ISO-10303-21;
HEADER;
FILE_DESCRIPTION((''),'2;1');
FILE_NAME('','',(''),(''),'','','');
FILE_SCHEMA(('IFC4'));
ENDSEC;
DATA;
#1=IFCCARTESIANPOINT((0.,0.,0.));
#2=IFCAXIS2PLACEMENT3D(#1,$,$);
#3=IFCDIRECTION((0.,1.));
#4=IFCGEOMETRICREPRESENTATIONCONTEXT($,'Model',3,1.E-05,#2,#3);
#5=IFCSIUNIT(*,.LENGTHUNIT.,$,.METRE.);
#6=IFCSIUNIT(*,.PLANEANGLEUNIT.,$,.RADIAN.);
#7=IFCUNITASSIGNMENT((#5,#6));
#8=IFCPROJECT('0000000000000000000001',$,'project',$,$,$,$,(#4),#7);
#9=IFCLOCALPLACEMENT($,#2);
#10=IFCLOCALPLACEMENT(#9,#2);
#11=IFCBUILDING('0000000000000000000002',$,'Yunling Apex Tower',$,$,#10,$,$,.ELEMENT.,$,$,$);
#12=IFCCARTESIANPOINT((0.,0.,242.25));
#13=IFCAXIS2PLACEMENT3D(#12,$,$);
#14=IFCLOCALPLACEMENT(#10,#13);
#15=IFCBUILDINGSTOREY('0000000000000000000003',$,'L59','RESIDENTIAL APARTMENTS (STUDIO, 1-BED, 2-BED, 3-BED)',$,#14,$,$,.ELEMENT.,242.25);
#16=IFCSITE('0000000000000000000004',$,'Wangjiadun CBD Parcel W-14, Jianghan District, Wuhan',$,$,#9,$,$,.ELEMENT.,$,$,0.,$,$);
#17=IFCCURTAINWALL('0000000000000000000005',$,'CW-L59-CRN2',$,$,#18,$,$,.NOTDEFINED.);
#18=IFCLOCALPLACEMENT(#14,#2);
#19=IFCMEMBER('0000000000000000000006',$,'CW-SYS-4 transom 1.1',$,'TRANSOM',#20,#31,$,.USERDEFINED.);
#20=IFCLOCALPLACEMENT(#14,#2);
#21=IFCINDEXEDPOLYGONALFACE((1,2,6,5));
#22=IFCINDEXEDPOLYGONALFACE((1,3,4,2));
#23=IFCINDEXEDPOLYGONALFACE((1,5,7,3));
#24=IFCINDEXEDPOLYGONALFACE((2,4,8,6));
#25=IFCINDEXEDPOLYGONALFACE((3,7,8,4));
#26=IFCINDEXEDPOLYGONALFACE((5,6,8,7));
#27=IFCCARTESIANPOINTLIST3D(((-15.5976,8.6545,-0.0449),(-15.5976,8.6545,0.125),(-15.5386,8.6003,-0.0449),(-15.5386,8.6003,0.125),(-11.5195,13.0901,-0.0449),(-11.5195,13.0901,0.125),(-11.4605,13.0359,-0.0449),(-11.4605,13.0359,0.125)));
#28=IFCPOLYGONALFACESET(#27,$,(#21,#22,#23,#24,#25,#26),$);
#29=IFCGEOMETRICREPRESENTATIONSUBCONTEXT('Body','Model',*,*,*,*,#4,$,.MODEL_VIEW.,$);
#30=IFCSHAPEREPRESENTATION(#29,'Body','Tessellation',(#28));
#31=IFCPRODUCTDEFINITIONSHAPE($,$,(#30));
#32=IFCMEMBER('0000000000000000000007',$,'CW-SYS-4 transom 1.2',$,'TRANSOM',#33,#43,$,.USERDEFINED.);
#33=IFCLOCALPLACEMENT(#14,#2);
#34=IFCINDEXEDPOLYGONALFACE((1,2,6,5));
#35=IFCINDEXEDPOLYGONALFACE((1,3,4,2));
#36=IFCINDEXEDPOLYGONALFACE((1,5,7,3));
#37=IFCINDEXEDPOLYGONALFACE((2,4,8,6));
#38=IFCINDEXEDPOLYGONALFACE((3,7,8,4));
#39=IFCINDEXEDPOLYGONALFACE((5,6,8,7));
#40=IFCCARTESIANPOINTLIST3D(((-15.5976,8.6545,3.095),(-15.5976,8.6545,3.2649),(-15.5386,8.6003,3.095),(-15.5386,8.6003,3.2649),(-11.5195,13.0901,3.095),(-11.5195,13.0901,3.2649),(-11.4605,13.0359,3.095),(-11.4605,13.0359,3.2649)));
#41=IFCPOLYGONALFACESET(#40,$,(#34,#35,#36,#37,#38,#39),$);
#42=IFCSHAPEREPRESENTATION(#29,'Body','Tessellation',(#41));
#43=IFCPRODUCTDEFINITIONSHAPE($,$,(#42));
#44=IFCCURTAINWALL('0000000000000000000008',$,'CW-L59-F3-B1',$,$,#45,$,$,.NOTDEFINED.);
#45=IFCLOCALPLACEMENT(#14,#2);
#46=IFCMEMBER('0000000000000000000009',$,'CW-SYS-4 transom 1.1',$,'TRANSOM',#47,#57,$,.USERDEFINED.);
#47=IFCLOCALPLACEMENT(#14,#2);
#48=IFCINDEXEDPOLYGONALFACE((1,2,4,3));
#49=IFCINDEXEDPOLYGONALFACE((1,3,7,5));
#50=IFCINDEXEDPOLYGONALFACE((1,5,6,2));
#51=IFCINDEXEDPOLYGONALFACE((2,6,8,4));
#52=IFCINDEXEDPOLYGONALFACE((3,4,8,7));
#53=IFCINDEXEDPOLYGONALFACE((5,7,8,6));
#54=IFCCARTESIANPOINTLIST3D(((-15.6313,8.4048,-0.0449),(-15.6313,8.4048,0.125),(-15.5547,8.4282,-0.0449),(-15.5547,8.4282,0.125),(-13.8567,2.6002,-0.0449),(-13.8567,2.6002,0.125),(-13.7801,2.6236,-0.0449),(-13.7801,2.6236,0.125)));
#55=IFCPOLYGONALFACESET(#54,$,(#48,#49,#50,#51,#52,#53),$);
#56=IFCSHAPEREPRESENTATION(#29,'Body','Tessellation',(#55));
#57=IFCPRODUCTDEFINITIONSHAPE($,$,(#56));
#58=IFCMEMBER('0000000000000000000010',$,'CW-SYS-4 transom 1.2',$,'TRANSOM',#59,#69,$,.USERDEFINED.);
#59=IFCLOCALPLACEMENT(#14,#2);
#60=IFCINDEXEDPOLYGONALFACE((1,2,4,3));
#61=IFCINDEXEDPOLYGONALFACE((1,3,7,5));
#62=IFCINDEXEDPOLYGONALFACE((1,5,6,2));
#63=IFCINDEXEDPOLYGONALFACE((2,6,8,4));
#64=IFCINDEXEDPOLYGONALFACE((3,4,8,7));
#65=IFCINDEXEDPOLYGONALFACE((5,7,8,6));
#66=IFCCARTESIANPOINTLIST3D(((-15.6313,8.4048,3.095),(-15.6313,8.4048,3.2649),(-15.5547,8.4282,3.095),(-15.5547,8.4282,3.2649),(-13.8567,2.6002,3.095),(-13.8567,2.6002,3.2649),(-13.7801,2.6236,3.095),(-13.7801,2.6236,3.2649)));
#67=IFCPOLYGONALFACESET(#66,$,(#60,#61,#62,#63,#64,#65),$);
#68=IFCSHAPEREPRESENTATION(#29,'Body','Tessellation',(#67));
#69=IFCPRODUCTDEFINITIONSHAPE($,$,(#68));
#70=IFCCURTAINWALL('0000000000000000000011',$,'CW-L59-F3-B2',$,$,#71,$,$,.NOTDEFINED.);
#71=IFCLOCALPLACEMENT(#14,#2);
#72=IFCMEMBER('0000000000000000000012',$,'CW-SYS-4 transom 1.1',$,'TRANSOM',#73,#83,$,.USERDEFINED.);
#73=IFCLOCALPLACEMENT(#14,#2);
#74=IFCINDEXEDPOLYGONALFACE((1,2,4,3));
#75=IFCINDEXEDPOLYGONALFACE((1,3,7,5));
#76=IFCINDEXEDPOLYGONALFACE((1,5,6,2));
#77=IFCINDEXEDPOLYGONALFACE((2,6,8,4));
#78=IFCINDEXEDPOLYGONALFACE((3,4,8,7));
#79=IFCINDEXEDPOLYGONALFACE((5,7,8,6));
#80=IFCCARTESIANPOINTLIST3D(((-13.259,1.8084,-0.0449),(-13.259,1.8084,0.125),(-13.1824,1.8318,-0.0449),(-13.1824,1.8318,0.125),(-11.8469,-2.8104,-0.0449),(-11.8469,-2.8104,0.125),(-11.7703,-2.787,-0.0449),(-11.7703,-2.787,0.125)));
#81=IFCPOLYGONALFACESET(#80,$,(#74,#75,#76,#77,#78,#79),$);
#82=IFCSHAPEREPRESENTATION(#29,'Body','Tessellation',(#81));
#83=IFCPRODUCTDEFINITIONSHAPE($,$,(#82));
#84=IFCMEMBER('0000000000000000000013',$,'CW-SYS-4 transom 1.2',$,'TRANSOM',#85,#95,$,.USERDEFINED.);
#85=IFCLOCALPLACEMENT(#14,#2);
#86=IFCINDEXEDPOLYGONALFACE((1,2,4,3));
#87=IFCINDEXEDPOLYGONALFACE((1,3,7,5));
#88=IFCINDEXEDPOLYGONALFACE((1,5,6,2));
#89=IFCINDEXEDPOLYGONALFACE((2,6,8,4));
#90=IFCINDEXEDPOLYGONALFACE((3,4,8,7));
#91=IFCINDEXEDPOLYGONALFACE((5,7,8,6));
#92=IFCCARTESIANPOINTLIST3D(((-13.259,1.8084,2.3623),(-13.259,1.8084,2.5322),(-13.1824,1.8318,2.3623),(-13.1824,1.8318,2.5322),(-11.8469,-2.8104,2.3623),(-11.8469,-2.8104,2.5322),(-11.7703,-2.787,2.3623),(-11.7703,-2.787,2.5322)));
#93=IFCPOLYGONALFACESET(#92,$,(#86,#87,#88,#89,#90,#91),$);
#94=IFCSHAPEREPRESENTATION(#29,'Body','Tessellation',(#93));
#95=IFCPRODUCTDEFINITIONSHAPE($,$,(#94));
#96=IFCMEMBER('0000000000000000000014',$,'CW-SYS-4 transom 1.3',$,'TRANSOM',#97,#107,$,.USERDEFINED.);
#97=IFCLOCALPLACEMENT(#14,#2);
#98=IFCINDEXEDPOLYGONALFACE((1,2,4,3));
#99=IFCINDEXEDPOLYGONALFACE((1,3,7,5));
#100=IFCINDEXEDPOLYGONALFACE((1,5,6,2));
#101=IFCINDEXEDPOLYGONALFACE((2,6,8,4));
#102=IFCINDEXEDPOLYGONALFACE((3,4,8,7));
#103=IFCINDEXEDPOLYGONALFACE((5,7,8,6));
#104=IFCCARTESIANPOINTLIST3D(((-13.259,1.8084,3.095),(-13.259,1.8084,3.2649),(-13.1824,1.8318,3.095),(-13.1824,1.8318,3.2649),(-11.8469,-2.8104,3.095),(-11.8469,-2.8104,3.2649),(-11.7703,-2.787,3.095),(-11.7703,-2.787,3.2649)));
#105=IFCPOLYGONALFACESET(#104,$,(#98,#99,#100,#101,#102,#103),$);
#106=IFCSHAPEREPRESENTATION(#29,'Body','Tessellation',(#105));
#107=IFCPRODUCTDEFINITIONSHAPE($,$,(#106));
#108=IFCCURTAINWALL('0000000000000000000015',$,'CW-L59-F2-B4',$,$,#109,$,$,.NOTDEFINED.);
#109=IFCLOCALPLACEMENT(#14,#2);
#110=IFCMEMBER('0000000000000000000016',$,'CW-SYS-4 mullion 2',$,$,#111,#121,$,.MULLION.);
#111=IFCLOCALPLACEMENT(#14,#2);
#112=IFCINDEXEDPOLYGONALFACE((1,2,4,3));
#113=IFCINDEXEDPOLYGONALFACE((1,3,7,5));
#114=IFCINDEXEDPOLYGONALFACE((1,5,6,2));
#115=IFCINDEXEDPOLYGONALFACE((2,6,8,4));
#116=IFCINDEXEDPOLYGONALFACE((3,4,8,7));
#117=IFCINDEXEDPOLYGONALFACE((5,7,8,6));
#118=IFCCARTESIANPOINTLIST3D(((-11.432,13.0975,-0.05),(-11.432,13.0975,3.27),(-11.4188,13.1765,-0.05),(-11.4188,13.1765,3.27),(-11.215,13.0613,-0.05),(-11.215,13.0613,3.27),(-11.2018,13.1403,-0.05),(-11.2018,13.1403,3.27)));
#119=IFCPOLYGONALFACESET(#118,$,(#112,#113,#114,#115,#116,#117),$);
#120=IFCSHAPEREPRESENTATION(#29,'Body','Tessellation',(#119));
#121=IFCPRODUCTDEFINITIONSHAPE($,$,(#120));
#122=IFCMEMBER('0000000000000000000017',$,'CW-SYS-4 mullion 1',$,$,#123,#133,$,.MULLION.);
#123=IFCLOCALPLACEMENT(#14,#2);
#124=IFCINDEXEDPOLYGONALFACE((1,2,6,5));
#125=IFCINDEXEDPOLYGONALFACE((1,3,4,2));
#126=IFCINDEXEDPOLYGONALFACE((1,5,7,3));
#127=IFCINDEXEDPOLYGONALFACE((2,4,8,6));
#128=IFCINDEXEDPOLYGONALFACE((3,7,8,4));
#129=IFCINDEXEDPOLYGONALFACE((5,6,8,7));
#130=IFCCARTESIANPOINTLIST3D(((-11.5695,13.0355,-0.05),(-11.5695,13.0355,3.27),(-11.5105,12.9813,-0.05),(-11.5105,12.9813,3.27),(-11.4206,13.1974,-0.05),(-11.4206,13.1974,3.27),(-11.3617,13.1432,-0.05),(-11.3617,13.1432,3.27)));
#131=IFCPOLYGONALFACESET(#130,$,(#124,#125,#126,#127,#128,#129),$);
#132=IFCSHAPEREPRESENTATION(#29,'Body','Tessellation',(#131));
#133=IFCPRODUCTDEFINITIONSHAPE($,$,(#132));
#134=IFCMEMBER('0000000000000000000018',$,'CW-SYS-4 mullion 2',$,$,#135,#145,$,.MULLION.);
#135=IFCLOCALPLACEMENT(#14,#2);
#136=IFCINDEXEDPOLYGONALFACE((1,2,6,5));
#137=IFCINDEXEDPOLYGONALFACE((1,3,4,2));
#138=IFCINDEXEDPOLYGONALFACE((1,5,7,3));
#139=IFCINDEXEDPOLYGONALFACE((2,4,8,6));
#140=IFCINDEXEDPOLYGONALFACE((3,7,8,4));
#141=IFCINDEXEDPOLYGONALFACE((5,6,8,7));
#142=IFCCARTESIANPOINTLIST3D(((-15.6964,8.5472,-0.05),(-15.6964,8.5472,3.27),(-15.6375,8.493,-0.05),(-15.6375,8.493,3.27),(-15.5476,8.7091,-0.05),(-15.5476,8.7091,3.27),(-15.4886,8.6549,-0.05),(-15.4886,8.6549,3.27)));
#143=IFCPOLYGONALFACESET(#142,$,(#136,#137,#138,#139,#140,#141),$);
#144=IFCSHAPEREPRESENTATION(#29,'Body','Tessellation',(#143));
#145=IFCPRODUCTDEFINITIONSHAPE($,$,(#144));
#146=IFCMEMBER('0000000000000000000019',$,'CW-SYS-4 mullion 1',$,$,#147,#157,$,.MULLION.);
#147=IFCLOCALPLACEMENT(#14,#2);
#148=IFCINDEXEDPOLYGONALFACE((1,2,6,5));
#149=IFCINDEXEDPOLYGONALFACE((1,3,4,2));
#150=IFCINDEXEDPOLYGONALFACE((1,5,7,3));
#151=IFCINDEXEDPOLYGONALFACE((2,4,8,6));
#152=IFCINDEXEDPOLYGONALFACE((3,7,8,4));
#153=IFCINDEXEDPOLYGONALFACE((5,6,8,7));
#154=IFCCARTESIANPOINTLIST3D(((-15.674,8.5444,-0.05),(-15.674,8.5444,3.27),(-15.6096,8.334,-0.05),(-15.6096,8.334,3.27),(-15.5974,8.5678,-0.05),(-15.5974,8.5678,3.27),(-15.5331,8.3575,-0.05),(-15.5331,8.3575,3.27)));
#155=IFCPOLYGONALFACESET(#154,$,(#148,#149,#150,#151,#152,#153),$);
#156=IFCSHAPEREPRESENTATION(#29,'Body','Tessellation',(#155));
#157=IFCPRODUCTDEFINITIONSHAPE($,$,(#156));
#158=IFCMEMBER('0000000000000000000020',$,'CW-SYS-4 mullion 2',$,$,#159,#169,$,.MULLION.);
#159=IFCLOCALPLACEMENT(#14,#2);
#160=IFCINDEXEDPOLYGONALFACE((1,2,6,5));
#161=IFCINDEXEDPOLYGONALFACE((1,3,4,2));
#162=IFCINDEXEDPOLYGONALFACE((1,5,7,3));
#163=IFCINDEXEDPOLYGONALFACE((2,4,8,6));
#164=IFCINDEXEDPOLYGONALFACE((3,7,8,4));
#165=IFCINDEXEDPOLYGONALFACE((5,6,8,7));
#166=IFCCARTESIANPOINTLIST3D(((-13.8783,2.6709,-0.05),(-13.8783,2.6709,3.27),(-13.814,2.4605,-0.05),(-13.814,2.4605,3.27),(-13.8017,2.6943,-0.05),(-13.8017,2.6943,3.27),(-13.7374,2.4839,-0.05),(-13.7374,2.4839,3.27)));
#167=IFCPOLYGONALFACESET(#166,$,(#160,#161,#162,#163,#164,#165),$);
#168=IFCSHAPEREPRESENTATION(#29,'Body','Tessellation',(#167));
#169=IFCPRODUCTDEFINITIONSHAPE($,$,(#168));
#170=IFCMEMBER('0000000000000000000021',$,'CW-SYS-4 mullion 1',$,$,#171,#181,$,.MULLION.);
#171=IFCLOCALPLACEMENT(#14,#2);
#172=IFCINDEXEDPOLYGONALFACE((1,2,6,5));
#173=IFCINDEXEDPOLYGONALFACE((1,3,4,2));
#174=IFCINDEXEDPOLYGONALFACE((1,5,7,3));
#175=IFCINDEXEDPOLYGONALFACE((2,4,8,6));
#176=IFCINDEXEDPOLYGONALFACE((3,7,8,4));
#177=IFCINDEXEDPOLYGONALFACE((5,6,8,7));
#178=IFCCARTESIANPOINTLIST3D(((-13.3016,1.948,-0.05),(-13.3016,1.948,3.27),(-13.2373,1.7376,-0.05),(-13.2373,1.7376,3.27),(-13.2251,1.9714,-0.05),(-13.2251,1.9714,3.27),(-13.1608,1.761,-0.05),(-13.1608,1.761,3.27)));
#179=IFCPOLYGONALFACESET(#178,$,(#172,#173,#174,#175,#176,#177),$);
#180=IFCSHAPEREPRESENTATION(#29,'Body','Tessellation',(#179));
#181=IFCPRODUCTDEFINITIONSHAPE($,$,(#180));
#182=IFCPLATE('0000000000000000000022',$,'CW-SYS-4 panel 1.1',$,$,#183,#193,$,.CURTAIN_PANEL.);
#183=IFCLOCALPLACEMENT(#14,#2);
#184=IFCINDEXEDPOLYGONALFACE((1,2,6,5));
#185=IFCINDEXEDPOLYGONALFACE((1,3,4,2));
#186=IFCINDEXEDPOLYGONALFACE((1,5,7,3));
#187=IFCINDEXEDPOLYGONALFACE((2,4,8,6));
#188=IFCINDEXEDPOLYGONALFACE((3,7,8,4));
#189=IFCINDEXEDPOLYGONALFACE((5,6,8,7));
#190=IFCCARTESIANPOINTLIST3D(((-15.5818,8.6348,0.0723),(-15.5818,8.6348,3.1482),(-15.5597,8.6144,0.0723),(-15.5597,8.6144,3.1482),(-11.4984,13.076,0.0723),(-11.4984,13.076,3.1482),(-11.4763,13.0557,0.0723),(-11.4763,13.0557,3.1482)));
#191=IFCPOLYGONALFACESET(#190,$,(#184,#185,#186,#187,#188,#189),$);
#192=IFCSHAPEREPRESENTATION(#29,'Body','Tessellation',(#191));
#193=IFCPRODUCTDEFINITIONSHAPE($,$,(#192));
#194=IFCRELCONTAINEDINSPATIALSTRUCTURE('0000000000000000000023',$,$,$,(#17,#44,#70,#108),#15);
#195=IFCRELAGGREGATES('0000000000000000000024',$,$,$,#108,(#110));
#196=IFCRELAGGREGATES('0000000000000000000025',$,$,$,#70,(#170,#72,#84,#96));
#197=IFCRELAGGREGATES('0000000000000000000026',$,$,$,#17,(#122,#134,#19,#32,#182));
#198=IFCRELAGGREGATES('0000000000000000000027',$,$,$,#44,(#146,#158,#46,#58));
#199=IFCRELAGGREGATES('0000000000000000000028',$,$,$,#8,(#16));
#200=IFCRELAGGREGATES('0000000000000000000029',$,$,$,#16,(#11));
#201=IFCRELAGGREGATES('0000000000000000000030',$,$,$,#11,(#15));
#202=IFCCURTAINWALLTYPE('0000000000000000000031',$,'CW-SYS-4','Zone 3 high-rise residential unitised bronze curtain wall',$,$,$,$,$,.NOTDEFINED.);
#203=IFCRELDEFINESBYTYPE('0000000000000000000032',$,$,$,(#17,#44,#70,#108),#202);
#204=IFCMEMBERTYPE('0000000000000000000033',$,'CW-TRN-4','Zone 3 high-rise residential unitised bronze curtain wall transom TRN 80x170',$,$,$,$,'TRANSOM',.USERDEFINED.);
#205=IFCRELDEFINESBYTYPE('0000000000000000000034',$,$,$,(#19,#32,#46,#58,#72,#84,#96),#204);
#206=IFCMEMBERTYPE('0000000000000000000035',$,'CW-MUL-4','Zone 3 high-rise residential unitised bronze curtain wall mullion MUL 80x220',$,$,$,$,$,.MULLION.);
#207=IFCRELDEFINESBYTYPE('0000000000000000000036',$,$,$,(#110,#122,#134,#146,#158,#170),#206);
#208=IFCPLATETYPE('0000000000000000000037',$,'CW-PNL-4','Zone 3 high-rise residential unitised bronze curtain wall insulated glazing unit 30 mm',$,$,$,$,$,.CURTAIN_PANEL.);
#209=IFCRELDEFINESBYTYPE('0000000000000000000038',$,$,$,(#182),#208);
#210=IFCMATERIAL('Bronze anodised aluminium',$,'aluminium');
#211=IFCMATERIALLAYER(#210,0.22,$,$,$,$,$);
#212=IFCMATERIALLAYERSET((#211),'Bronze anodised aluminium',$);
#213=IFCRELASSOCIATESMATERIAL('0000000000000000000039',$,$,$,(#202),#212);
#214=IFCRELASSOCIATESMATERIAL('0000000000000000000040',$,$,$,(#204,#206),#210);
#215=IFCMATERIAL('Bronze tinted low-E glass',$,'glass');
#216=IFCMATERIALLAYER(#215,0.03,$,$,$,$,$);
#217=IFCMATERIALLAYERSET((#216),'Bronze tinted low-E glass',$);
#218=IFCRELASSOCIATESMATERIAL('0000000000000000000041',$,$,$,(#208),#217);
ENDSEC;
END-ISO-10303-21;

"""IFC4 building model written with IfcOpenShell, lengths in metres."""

from ifc_helpers import new_model, si_unit, direction, frame, origin, origin_2d, place, context, subcontext, project, spatial, rectangle, extrude, source, transform, mapped, material, layer, layer_set, material_profile, profile_set, type_object, element, aggregate, save


model = new_model("IFC4")

# Units and contexts
model_context = context("Model", 3, precision=1e-05, world=origin(), true_north=direction((0.0, 1.0)))
body_context = subcontext(model_context, "Body", "Model", "MODEL_VIEW")
ifc_project = project(units=[si_unit("LENGTHUNIT", "METRE"), si_unit("PLANEANGLEUNIT", "RADIAN")], contexts=[model_context])

# Site, building, storey
site_placement = place(None, origin())
site = spatial("IfcSite", under=ifc_project, at=site_placement, Name="Wangjiadun CBD Parcel W-14, Jianghan District, Wuhan", CompositionType="ELEMENT", RefElevation=0.0)
building_placement = place(site_placement, origin())
building = spatial("IfcBuilding", under=site, at=building_placement, Name="Yunling Apex Tower", CompositionType="ELEMENT")
storey_placement = place(building_placement, frame((0.0, 0.0, 242.25)))
storey = spatial("IfcBuildingStorey", under=building, at=storey_placement, Name="L59", Description="RESIDENTIAL APARTMENTS (STUDIO, 1-BED, 2-BED, 3-BED)", CompositionType="ELEMENT", Elevation=242.25)

# Curtain walls, members
ifc_material_1 = material(Name="Bronze anodised aluminium", Category="aluminium")
ifc_layer_1 = layer(ifc_material_1, 0.22)
ifc_layer_set_1 = layer_set([ifc_layer_1], Name="Bronze anodised aluminium")
curtain_wall_type = type_object("IfcCurtainWallType", Name="CW-SYS-4", Description="Zone 3 high-rise residential unitised bronze curtain wall", PredefinedType="NOTDEFINED", material=ifc_layer_set_1)
curtain_wall_1_placement = place(storey_placement, origin())
curtain_wall_1 = element("IfcCurtainWall", 1, at=curtain_wall_1_placement, inside=storey, type_object=curtain_wall_type, Name="CW-L59-CRN2", PredefinedType="NOTDEFINED")
ifc_material_profile_1 = material_profile(ifc_material_1, rectangle(XDim=0.0801, YDim=0.1699, at=origin_2d()))
ifc_profile_set_1 = profile_set([ifc_material_profile_1], Name="Bronze anodised aluminium")
member_type_1 = type_object("IfcMemberType", Name="CW-TRN-4", Description="Zone 3 high-rise residential unitised bronze curtain wall transom TRN 80x170", ElementType="TRANSOM", PredefinedType="USERDEFINED", material=ifc_profile_set_1)
shared_shape_1 = source(origin(), body_context, "Body", "SweptSolid", [
    extrude(rectangle(XDim=0.0801, YDim=0.1699, at=origin_2d()), origin(), (0.0, 0.0, 1.0), 6.0254),
])
member_1_placement = place(storey_placement, frame((-11.49, 13.063, 0.04), z_axis=(-0.676825, -0.736144, 0.0), x_axis=(0.736144, -0.676825, 0.0)))
member_1 = element("IfcMember", 2, at=member_1_placement, type_object=member_type_1, Name="CW-SYS-4 transom 1.1", ObjectType="TRANSOM", PredefinedType="USERDEFINED", context=body_context, shape_type="MappedRepresentation", body=[
    mapped(shared_shape_1, transform((0.0, 0.0, 0.0), scale=1.0)),
])
member_2_placement = place(storey_placement, frame((-11.49, 13.063, 3.1799), z_axis=(-0.676825, -0.736144, 0.0), x_axis=(0.736144, -0.676825, 0.0)))
member_2 = element("IfcMember", 3, at=member_2_placement, type_object=member_type_1, Name="CW-SYS-4 transom 1.2", ObjectType="TRANSOM", PredefinedType="USERDEFINED", context=body_context, shape_type="MappedRepresentation", body=[
    mapped(shared_shape_1, transform((0.0, 0.0, 0.0), scale=1.0)),
])
curtain_wall_2_placement = place(storey_placement, origin())
curtain_wall_2 = element("IfcCurtainWall", 4, at=curtain_wall_2_placement, inside=storey, type_object=curtain_wall_type, Name="CW-L59-F3-B1", PredefinedType="NOTDEFINED")
shared_shape_2 = source(origin(), body_context, "Body", "SweptSolid", [
    extrude(rectangle(XDim=0.0801, YDim=0.1699, at=origin_2d()), origin(), (0.0, 0.0, 1.0), 6.0698),
])
member_3_placement = place(storey_placement, frame((-15.593, 8.4165, 0.04), z_axis=(0.29237, -0.956305, 0.0), x_axis=(0.956305, 0.29237, 0.0)))
member_3 = element("IfcMember", 5, at=member_3_placement, type_object=member_type_1, Name="CW-SYS-4 transom 1.1", ObjectType="TRANSOM", PredefinedType="USERDEFINED", context=body_context, shape_type="MappedRepresentation", body=[
    mapped(shared_shape_2, transform((0.0, 0.0, 0.0), scale=1.0)),
])
member_4_placement = place(storey_placement, frame((-15.593, 8.4165, 3.1799), z_axis=(0.29237, -0.956305, 0.0), x_axis=(0.956305, 0.29237, 0.0)))
member_4 = element("IfcMember", 6, at=member_4_placement, type_object=member_type_1, Name="CW-SYS-4 transom 1.2", ObjectType="TRANSOM", PredefinedType="USERDEFINED", context=body_context, shape_type="MappedRepresentation", body=[
    mapped(shared_shape_2, transform((0.0, 0.0, 0.0), scale=1.0)),
])
curtain_wall_3_placement = place(storey_placement, origin())
curtain_wall_3 = element("IfcCurtainWall", 7, at=curtain_wall_3_placement, inside=storey, type_object=curtain_wall_type, Name="CW-L59-F3-B2", PredefinedType="NOTDEFINED")
shared_shape_3 = source(origin(), body_context, "Body", "SweptSolid", [
    extrude(rectangle(XDim=0.0801, YDim=0.1699, at=origin_2d()), origin(), (0.0, 0.0, 1.0), 4.8298),
])
member_5_placement = place(storey_placement, frame((-13.2207, 1.8201, 0.04), z_axis=(0.292366, -0.956306, 0.0), x_axis=(0.956306, 0.292366, 0.0)))
member_5 = element("IfcMember", 8, at=member_5_placement, type_object=member_type_1, Name="CW-SYS-4 transom 1.1", ObjectType="TRANSOM", PredefinedType="USERDEFINED", context=body_context, shape_type="MappedRepresentation", body=[
    mapped(shared_shape_3, transform((0.0, 0.0, 0.0), scale=1.0)),
])
member_6_placement = place(storey_placement, frame((-13.2207, 1.8201, 2.4473), z_axis=(0.292366, -0.956306, 0.0), x_axis=(0.956306, 0.292366, 0.0)))
member_6 = element("IfcMember", 9, at=member_6_placement, type_object=member_type_1, Name="CW-SYS-4 transom 1.2", ObjectType="TRANSOM", PredefinedType="USERDEFINED", context=body_context, shape_type="MappedRepresentation", body=[
    mapped(shared_shape_3, transform((0.0, 0.0, 0.0), scale=1.0)),
])
member_7_placement = place(storey_placement, frame((-13.2207, 1.8201, 3.1799), z_axis=(0.292366, -0.956306, 0.0), x_axis=(0.956306, 0.292366, 0.0)))
member_7 = element("IfcMember", 10, at=member_7_placement, type_object=member_type_1, Name="CW-SYS-4 transom 1.3", ObjectType="TRANSOM", PredefinedType="USERDEFINED", context=body_context, shape_type="MappedRepresentation", body=[
    mapped(shared_shape_3, transform((0.0, 0.0, 0.0), scale=1.0)),
])

# Curtain wall, member
curtain_wall_4_placement = place(storey_placement, origin())
curtain_wall_4 = element("IfcCurtainWall", 11, at=curtain_wall_4_placement, inside=storey, type_object=curtain_wall_type, Name="CW-L59-F2-B4", PredefinedType="NOTDEFINED")
ifc_material_profile_2 = material_profile(ifc_material_1, rectangle(XDim=0.0801, YDim=0.22, at=origin_2d()))
ifc_profile_set_2 = profile_set([ifc_material_profile_2], Name="Bronze anodised aluminium")
member_type_2 = type_object("IfcMemberType", Name="CW-MUL-4", Description="Zone 3 high-rise residential unitised bronze curtain wall mullion MUL 80x220", PredefinedType="MULLION", material=ifc_profile_set_2)
shared_shape_4 = source(origin(), body_context, "Body", "SweptSolid", [
    extrude(rectangle(XDim=0.0801, YDim=0.22, at=origin_2d()), origin(), (0.0, 0.0, 1.0), 3.3201),
])
member_8_placement = place(storey_placement, frame((-11.3169, 13.1189, -0.05), z_axis=(0.0, 0.0, 1.0), x_axis=(-0.164353, -0.986402, 0.0)))
member_8 = element("IfcMember", 12, at=member_8_placement, type_object=member_type_2, Name="CW-SYS-4 mullion 2", PredefinedType="MULLION", context=body_context, shape_type="MappedRepresentation", body=[
    mapped(shared_shape_4, transform((0.0, 0.0, 0.0), scale=1.0)),
])
aggregate(curtain_wall_4, [member_8])

# Members
member_9_placement = place(storey_placement, frame((-11.4656, 13.0894, -0.05), z_axis=(0.0, 0.0, 1.0), x_axis=(0.736134, -0.676836, 0.0)))
member_9 = element("IfcMember", 13, at=member_9_placement, type_object=member_type_2, Name="CW-SYS-4 mullion 1", PredefinedType="MULLION", context=body_context, shape_type="MappedRepresentation", body=[
    mapped(shared_shape_4, transform((0.0, 0.0, 0.0), scale=1.0)),
])
member_10_placement = place(storey_placement, frame((-15.5925, 8.6011, -0.05), z_axis=(0.0, 0.0, 1.0), x_axis=(0.736134, -0.676836, 0.0)))
member_10 = element("IfcMember", 14, at=member_10_placement, type_object=member_type_2, Name="CW-SYS-4 mullion 2", PredefinedType="MULLION", context=body_context, shape_type="MappedRepresentation", body=[
    mapped(shared_shape_4, transform((0.0, 0.0, 0.0), scale=1.0)),
])
member_11_placement = place(storey_placement, frame((-15.6035, 8.4509, -0.05), z_axis=(0.0, 0.0, 1.0), x_axis=(0.956305, 0.292372, 0.0)))
member_11 = element("IfcMember", 15, at=member_11_placement, type_object=member_type_2, Name="CW-SYS-4 mullion 1", PredefinedType="MULLION", context=body_context, shape_type="MappedRepresentation", body=[
    mapped(shared_shape_4, transform((0.0, 0.0, 0.0), scale=1.0)),
])
member_12_placement = place(storey_placement, frame((-13.8079, 2.5774, -0.05), z_axis=(0.0, 0.0, 1.0), x_axis=(0.956305, 0.292372, 0.0)))
member_12 = element("IfcMember", 16, at=member_12_placement, type_object=member_type_2, Name="CW-SYS-4 mullion 2", PredefinedType="MULLION", context=body_context, shape_type="MappedRepresentation", body=[
    mapped(shared_shape_4, transform((0.0, 0.0, 0.0), scale=1.0)),
])
member_13_placement = place(storey_placement, frame((-13.2312, 1.8545, -0.05), z_axis=(0.0, 0.0, 1.0), x_axis=(0.956304, 0.292373, 0.0)))
member_13 = element("IfcMember", 17, at=member_13_placement, type_object=member_type_2, Name="CW-SYS-4 mullion 1", PredefinedType="MULLION", context=body_context, shape_type="MappedRepresentation", body=[
    mapped(shared_shape_4, transform((0.0, 0.0, 0.0), scale=1.0)),
])
aggregate(curtain_wall_3, [member_13, member_5, member_6, member_7])

# Plate
ifc_material_2 = material(Name="Bronze tinted low-E glass", Category="glass")
ifc_layer_2 = layer(ifc_material_2, 0.03)
ifc_layer_set_2 = layer_set([ifc_layer_2], Name="Bronze tinted low-E glass")
plate_type = type_object("IfcPlateType", Name="CW-PNL-4", Description="Zone 3 high-rise residential unitised bronze curtain wall insulated glazing unit 30 mm", PredefinedType="CURTAIN_PANEL", material=ifc_layer_set_2)
shared_shape_5 = source(origin(), body_context, "Body", "SweptSolid", [
    extrude(rectangle(XDim=6.0332, YDim=0.03, at=origin_2d()), origin(), (0.0, 0.0, 1.0), 3.0759),
])
plate_1_placement = place(storey_placement, frame((-13.5291, 10.8452, 0.0723), z_axis=(0.0, 0.0, 1.0), x_axis=(-0.676836, -0.736134, 0.0)))
plate_1 = element("IfcPlate", 18, at=plate_1_placement, type_object=plate_type, Name="CW-SYS-4 panel 1.1", PredefinedType="CURTAIN_PANEL", context=body_context, shape_type="MappedRepresentation", body=[
    mapped(shared_shape_5, transform((0.0, 0.0, 0.0), scale=1.0)),
])
aggregate(curtain_wall_1, [member_9, member_10, member_1, member_2, plate_1])
aggregate(curtain_wall_2, [member_11, member_12, member_3, member_4])

save(model, "model.ifc")
